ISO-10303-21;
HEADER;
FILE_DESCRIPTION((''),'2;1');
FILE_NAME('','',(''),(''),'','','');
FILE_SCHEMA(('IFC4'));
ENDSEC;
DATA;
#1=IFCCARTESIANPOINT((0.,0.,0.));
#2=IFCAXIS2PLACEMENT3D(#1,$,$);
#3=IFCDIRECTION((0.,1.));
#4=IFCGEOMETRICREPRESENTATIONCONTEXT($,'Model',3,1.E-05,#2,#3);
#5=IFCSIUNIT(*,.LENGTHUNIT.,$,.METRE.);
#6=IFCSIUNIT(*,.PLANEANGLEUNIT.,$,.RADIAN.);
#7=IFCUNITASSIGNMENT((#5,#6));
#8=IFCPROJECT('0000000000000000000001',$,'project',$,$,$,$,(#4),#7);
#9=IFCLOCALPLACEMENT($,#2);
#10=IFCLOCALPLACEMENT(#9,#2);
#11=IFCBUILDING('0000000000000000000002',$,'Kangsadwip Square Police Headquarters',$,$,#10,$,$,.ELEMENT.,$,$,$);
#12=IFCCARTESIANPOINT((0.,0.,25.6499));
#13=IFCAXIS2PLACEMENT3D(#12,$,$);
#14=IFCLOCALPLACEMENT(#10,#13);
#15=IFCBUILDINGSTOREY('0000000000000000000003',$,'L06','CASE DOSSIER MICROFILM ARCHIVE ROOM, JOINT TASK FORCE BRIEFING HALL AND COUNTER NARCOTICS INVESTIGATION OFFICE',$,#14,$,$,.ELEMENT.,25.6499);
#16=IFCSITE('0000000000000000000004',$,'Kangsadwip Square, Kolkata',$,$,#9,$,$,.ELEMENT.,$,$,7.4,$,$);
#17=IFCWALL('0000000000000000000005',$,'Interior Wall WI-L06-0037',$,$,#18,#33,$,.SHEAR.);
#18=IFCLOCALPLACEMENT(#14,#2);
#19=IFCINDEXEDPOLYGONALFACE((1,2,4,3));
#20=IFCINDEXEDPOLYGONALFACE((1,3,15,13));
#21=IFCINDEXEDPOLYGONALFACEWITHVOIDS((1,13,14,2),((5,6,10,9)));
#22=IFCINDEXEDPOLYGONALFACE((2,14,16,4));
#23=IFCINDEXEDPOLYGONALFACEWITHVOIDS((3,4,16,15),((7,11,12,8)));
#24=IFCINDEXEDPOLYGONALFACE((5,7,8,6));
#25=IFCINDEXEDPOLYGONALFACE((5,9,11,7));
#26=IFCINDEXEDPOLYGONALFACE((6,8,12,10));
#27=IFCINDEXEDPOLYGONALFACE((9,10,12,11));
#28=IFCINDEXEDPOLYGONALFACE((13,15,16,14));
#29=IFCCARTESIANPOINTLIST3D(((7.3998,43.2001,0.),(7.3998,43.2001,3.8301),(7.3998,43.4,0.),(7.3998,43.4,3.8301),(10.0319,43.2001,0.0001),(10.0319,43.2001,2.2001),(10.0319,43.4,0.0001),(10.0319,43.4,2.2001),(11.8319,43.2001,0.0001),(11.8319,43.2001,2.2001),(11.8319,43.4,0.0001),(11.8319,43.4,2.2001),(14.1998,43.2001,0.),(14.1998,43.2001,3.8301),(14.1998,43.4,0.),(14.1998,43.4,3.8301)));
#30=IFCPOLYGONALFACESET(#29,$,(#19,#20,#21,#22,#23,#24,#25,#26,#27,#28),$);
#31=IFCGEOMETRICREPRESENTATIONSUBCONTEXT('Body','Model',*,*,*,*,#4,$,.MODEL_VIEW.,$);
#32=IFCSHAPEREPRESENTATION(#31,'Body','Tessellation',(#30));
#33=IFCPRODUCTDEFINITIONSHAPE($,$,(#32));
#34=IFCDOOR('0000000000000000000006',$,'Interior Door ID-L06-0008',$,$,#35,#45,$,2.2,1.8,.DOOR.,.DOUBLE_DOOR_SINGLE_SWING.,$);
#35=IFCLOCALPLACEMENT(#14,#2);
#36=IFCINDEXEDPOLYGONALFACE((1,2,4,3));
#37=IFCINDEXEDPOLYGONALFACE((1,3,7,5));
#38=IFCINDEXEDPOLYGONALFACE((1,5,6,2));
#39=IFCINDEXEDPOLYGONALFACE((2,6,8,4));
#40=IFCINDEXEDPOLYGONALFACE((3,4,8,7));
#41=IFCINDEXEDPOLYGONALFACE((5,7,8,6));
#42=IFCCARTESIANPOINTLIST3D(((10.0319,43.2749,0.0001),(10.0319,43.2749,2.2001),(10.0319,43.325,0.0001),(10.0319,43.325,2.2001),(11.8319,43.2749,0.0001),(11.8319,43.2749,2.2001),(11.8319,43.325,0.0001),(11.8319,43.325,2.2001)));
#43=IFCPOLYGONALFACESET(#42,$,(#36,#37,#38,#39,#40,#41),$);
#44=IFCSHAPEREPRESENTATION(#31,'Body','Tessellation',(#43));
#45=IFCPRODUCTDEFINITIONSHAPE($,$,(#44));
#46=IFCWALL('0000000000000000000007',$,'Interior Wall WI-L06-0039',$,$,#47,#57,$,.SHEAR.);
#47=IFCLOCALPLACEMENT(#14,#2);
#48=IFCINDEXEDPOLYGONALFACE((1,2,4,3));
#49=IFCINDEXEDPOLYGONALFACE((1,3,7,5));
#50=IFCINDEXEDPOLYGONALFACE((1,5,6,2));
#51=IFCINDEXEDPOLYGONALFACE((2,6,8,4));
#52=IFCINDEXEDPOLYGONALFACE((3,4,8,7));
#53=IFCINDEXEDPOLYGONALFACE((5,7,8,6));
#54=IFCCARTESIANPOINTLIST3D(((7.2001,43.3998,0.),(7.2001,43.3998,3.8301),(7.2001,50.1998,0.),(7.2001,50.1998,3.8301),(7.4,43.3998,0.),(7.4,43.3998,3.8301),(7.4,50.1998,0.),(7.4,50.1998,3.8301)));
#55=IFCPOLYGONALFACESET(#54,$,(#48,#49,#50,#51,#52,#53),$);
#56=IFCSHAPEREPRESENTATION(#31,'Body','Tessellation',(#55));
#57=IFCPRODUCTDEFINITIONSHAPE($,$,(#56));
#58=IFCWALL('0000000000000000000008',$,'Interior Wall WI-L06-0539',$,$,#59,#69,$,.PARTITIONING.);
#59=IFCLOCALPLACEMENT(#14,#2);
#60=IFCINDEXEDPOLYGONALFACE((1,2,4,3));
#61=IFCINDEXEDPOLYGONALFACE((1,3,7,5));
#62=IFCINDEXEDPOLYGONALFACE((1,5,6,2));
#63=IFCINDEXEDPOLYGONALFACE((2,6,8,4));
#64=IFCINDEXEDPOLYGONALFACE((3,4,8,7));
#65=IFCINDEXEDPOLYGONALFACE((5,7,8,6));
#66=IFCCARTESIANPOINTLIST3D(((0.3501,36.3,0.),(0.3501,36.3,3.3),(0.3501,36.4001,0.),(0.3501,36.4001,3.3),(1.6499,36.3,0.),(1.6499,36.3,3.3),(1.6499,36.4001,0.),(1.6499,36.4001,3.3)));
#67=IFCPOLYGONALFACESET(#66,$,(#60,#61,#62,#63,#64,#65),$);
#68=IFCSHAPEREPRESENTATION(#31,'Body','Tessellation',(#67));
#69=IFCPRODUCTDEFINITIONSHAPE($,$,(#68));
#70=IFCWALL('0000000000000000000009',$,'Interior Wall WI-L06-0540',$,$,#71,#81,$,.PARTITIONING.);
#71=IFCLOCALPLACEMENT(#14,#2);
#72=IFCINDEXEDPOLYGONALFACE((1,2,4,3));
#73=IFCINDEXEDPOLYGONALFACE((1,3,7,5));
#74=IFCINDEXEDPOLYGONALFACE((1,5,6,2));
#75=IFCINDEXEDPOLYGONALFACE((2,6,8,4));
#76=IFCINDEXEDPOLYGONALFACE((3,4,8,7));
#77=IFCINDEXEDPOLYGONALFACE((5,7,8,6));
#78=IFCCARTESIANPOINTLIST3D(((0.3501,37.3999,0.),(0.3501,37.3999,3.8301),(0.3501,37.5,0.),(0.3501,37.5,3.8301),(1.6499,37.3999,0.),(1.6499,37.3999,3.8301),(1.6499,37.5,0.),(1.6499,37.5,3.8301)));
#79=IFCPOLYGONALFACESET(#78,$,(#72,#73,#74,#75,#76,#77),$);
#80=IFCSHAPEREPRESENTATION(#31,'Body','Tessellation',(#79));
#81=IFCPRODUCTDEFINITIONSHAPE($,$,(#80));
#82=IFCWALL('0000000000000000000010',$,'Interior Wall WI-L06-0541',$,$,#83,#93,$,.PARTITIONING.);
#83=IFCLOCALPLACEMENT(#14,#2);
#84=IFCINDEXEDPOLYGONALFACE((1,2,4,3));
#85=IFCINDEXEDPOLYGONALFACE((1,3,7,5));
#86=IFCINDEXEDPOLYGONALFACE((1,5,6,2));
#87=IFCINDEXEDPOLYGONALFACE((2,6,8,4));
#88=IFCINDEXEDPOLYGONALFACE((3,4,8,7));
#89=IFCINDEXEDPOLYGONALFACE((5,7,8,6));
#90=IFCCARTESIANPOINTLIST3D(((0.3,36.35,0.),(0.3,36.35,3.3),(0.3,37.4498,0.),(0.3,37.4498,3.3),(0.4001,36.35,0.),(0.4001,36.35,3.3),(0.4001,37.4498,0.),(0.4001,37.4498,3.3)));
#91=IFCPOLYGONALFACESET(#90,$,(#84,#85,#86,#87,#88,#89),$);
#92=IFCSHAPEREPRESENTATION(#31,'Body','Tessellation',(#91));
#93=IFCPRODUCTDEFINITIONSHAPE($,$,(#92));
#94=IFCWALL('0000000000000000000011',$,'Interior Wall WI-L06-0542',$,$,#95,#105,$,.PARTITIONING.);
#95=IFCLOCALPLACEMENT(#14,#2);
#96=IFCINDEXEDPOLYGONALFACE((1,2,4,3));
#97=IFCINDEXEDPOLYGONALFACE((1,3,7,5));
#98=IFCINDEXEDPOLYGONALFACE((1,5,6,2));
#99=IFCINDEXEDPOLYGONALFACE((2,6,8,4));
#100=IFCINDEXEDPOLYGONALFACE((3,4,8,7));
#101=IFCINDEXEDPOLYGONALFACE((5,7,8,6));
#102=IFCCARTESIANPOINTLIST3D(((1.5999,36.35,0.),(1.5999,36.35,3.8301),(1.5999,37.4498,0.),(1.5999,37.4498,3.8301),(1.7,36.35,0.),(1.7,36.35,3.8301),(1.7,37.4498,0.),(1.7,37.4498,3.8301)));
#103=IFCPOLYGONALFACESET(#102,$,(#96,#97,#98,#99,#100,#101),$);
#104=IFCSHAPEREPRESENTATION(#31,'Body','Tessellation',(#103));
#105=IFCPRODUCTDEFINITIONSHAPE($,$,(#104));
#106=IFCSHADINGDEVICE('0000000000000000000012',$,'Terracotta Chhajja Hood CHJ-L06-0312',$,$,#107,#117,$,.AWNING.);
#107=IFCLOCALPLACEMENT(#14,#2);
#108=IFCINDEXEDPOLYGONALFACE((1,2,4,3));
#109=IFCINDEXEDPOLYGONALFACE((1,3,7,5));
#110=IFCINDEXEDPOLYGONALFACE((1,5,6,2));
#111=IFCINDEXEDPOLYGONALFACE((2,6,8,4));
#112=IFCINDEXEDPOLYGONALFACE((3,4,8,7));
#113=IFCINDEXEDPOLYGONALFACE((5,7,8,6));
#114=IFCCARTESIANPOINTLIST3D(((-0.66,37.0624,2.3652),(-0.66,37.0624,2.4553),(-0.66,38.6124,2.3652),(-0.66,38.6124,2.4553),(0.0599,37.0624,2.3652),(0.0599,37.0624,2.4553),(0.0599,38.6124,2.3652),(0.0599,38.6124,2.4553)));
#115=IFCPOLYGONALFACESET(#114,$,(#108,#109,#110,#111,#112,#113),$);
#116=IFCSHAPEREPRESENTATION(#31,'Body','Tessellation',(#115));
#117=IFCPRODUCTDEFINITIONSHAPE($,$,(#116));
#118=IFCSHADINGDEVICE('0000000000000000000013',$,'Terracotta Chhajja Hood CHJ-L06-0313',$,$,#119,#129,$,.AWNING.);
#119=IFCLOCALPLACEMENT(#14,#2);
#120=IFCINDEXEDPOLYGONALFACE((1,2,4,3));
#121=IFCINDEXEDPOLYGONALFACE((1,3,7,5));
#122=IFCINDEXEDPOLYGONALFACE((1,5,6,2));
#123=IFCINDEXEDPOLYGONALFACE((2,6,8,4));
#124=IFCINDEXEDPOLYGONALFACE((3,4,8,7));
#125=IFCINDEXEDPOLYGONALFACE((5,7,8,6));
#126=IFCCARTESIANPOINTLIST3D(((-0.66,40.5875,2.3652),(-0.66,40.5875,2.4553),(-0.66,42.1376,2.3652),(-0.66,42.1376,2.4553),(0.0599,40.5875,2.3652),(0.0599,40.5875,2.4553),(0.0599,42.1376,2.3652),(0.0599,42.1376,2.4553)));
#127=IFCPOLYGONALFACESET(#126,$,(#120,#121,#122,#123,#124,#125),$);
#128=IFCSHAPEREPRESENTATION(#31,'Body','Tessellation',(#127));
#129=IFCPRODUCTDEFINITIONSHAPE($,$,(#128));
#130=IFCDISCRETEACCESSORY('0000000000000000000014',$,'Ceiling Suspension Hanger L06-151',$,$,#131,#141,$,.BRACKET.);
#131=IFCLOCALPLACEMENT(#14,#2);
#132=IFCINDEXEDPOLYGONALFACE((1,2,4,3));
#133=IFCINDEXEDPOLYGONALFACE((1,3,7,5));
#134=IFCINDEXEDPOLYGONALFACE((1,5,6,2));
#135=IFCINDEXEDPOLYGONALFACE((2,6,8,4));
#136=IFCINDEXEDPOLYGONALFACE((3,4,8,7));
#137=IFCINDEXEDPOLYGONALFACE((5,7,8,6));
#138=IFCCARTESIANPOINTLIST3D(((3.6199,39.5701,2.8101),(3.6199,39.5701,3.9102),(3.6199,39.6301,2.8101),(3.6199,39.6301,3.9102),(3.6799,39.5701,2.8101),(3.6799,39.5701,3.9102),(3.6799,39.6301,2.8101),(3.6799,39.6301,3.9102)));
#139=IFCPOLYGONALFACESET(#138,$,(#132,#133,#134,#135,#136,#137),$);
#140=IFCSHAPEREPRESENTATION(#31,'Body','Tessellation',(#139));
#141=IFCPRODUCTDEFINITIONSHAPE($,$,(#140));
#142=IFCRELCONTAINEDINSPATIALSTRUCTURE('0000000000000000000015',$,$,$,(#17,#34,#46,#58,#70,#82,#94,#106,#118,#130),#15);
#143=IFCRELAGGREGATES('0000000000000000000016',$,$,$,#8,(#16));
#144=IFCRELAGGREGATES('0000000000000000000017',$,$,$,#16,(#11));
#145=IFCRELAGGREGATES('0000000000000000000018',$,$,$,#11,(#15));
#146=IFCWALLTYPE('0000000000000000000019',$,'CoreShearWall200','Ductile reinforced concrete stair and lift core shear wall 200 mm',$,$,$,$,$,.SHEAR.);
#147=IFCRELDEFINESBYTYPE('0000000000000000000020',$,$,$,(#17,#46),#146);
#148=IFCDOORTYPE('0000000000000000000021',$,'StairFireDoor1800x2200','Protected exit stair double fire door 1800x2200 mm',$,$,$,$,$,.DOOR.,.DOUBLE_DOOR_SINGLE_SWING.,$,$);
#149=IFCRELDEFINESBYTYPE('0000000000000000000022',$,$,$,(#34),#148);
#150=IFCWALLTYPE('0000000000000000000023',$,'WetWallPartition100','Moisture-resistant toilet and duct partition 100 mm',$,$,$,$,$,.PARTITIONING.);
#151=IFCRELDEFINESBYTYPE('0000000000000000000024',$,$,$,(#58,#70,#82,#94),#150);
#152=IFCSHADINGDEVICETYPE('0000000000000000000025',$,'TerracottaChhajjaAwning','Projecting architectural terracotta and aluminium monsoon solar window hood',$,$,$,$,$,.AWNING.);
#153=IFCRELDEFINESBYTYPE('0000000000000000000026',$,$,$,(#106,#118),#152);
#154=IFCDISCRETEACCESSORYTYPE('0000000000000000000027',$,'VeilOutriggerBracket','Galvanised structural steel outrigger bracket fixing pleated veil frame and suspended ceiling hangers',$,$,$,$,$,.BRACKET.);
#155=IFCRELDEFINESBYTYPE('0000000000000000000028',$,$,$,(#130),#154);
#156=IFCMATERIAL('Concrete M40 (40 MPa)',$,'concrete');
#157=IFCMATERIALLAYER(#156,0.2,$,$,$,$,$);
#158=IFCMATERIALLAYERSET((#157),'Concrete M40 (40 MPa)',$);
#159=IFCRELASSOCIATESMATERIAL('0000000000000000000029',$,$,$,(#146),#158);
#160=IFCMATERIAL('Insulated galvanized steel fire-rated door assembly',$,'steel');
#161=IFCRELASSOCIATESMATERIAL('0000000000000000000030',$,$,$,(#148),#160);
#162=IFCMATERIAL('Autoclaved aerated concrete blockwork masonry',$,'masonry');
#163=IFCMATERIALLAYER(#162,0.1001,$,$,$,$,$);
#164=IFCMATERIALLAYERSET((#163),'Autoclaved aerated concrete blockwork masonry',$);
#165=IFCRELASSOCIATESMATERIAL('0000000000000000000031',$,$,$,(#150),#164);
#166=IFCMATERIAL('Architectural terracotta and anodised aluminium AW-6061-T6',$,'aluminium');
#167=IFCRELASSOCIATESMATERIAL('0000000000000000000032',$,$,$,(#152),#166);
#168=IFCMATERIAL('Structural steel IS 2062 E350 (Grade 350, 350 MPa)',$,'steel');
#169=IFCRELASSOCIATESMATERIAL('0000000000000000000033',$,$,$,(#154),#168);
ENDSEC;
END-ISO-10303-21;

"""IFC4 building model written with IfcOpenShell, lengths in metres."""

from ifc_helpers import new_model, si_unit, direction, frame, frame_2d, origin, origin_2d, place, context, subcontext, project, spatial, rectangle, extrude, material, layer, layer_set, type_object, element, fill, save


model = new_model("IFC4")

# Units and contexts
model_context = context("Model", 3, precision=1e-05, world=origin(), true_north=direction((0.0, 1.0)))
body_context = subcontext(model_context, "Body", "Model", "MODEL_VIEW")
ifc_project = project(units=[si_unit("LENGTHUNIT", "METRE"), si_unit("PLANEANGLEUNIT", "RADIAN")], contexts=[model_context])

# Site, building, storey
site_placement = place(None, origin())
site = spatial("IfcSite", under=ifc_project, at=site_placement, Name="Kangsadwip Square, Kolkata", CompositionType="ELEMENT", RefElevation=7.4)
building_placement = place(site_placement, origin())
building = spatial("IfcBuilding", under=site, at=building_placement, Name="Kangsadwip Square Police Headquarters", CompositionType="ELEMENT")
storey_placement = place(building_placement, frame((0.0, 0.0, 25.6499)))
storey = spatial("IfcBuildingStorey", under=building, at=storey_placement, Name="L06", Description="CASE DOSSIER MICROFILM ARCHIVE ROOM, JOINT TASK FORCE BRIEFING HALL AND COUNTER NARCOTICS INVESTIGATION OFFICE", CompositionType="ELEMENT", Elevation=25.6499)

# Wall, opening, door
ifc_material_1 = material(Name="Concrete M40 (40 MPa)", Category="concrete")
ifc_layer_1 = layer(ifc_material_1, 0.2)
ifc_layer_set_1 = layer_set([ifc_layer_1], Name="Concrete M40 (40 MPa)")
wall_type_1 = type_object("IfcWallType", Name="CoreShearWall200", Description="Ductile reinforced concrete stair and lift core shear wall 200 mm", PredefinedType="SHEAR", material=ifc_layer_set_1)
wall_1_placement = place(storey_placement, frame((7.3999, 43.3, 0.0), z_axis=(0.0, 0.0, 1.0), x_axis=(1.0, 0.0, 0.0)))
wall_1 = element("IfcWall", 1, at=wall_1_placement, inside=storey, type_object=wall_type_1, Name="Interior Wall WI-L06-0037", PredefinedType="SHEAR", context=body_context, shape_type="SweptSolid", body=[
    extrude(rectangle(XDim=6.8, YDim=0.2, at=frame_2d((3.3999, 0.0))), origin(), (0.0, 0.0, 1.0), 3.8301),
])
opening_1_placement = place(wall_1_placement, frame((2.6321, 0.0, 0.0)))
opening_1 = element("IfcOpeningElement", 2, at=opening_1_placement, cuts=wall_1, PredefinedType="OPENING", context=body_context, shape_type="SweptSolid", body=[
    extrude(rectangle(XDim=1.8, YDim=2.2, at=frame_2d((0.8999, 1.1001))), frame((0.0, 0.1099, 0.0), z_axis=(0.0, -1.0, 0.0), x_axis=(1.0, 0.0, 0.0)), (0.0, 0.0, 1.0), 0.22),
])
ifc_material_2 = material(Name="Insulated galvanized steel fire-rated door assembly", Category="steel")
door_type = type_object("IfcDoorType", Name="StairFireDoor1800x2200", Description="Protected exit stair double fire door 1800x2200 mm", OperationType="DOUBLE_DOOR_SINGLE_SWING", PredefinedType="DOOR", material=ifc_material_2)
door_placement = place(opening_1_placement, origin())
door = element("IfcDoor", 3, at=door_placement, inside=storey, type_object=door_type, Name="Interior Door ID-L06-0008", OperationType="DOUBLE_DOOR_SINGLE_SWING", OverallHeight=2.2, OverallWidth=1.8, PredefinedType="DOOR", context=body_context, shape_type="SweptSolid", body=[
    extrude(rectangle(XDim=1.8, YDim=2.2, at=frame_2d((0.8999, 1.1001))), frame((0.0, 0.0249, 0.0), z_axis=(0.0, -1.0, 0.0), x_axis=(1.0, 0.0, 0.0)), (0.0, 0.0, 1.0), 0.05),
])
fill(opening_1, door)

# Walls
wall_2_placement = place(storey_placement, frame((7.3, 43.3999, 0.0), z_axis=(0.0, 0.0, 1.0), x_axis=(0.0, 1.0, 0.0)))
element("IfcWall", 4, at=wall_2_placement, inside=storey, type_object=wall_type_1, Name="Interior Wall WI-L06-0039", PredefinedType="SHEAR", context=body_context, shape_type="SweptSolid", body=[
    extrude(rectangle(XDim=6.8, YDim=0.2, at=frame_2d((3.3999, 0.0))), origin(), (0.0, 0.0, 1.0), 3.8301),
])
ifc_material_3 = material(Name="Autoclaved aerated concrete blockwork masonry", Category="masonry")
ifc_layer_2 = layer(ifc_material_3, 0.1001)
ifc_layer_set_2 = layer_set([ifc_layer_2], Name="Autoclaved aerated concrete blockwork masonry")
wall_type_2 = type_object("IfcWallType", Name="WetWallPartition100", Description="Moisture-resistant toilet and duct partition 100 mm", PredefinedType="PARTITIONING", material=ifc_layer_set_2)
wall_3_placement = place(storey_placement, frame((0.3501, 36.3501, 0.0), z_axis=(0.0, 0.0, 1.0), x_axis=(1.0, 0.0, 0.0)))
element("IfcWall", 5, at=wall_3_placement, inside=storey, type_object=wall_type_2, Name="Interior Wall WI-L06-0539", PredefinedType="PARTITIONING", context=body_context, shape_type="SweptSolid", body=[
    extrude(rectangle(XDim=1.2998, YDim=0.1001, at=frame_2d((0.6499, 0.0))), origin(), (0.0, 0.0, 1.0), 3.3),
])
wall_4_placement = place(storey_placement, frame((0.3501, 37.45, 0.0), z_axis=(0.0, 0.0, 1.0), x_axis=(1.0, 0.0, 0.0)))
element("IfcWall", 6, at=wall_4_placement, inside=storey, type_object=wall_type_2, Name="Interior Wall WI-L06-0540", PredefinedType="PARTITIONING", context=body_context, shape_type="SweptSolid", body=[
    extrude(rectangle(XDim=1.2998, YDim=0.1001, at=frame_2d((0.6499, 0.0))), origin(), (0.0, 0.0, 1.0), 3.8301),
])
wall_5_placement = place(storey_placement, frame((0.3501, 36.3501, 0.0), z_axis=(0.0, 0.0, 1.0), x_axis=(0.0, 1.0, 0.0)))
element("IfcWall", 7, at=wall_5_placement, inside=storey, type_object=wall_type_2, Name="Interior Wall WI-L06-0541", PredefinedType="PARTITIONING", context=body_context, shape_type="SweptSolid", body=[
    extrude(rectangle(XDim=1.0999, YDim=0.1001, at=frame_2d((0.5498, 0.0))), origin(), (0.0, 0.0, 1.0), 3.3),
])
wall_6_placement = place(storey_placement, frame((1.6499, 36.3501, 0.0), z_axis=(0.0, 0.0, 1.0), x_axis=(0.0, 1.0, 0.0)))
element("IfcWall", 8, at=wall_6_placement, inside=storey, type_object=wall_type_2, Name="Interior Wall WI-L06-0542", PredefinedType="PARTITIONING", context=body_context, shape_type="SweptSolid", body=[
    extrude(rectangle(XDim=1.0999, YDim=0.1001, at=frame_2d((0.5498, 0.0))), origin(), (0.0, 0.0, 1.0), 3.8301),
])

# Shading devices
ifc_material_4 = material(Name="Architectural terracotta and anodised aluminium AW-6061-T6", Category="aluminium")
shading_device_type = type_object("IfcShadingDeviceType", Name="TerracottaChhajjaAwning", Description="Projecting architectural terracotta and aluminium monsoon solar window hood", PredefinedType="AWNING", material=ifc_material_4)
for number, where, z_axis, x_axis, name in (
    (9, (-0.3, 37.8374, 2.3652), (0.0, 0.0, 1.0), (0.0, 1.0, 0.0), "Terracotta Chhajja Hood CHJ-L06-0312"),
    (10, (-0.3, 41.3625, 2.3652), (0.0, 0.0, 1.0), (0.0, 1.0, 0.0), "Terracotta Chhajja Hood CHJ-L06-0313"),
):
    element("IfcShadingDevice", number, at=place(storey_placement, frame(where, z_axis=z_axis, x_axis=x_axis)), inside=storey, type_object=shading_device_type, Name=name, PredefinedType="AWNING", context=body_context, shape_type="SweptSolid", body=[
        extrude(rectangle(XDim=1.55, YDim=0.72, at=origin_2d()), origin(), (0.0, 0.0, 1.0), 0.0901),
    ])

# Discrete accessory
ifc_material_5 = material(Name="Structural steel IS 2062 E350 (Grade 350, 350 MPa)", Category="steel")
discrete_accessory_type = type_object("IfcDiscreteAccessoryType", Name="VeilOutriggerBracket", Description="Galvanised structural steel outrigger bracket fixing pleated veil frame and suspended ceiling hangers", PredefinedType="BRACKET", material=ifc_material_5)
discrete_accessory_placement = place(storey_placement, frame((3.6499, 39.6001, 2.8101), z_axis=(0.0, 0.0, 1.0), x_axis=(1.0, 0.0, 0.0)))
element("IfcDiscreteAccessory", 11, at=discrete_accessory_placement, inside=storey, type_object=discrete_accessory_type, Name="Ceiling Suspension Hanger L06-151", PredefinedType="BRACKET", context=body_context, shape_type="SweptSolid", body=[
    extrude(rectangle(XDim=0.0601, YDim=0.0601, at=origin_2d()), origin(), (0.0, 0.0, 1.0), 1.1001),
])

save(model, "model.ifc")
